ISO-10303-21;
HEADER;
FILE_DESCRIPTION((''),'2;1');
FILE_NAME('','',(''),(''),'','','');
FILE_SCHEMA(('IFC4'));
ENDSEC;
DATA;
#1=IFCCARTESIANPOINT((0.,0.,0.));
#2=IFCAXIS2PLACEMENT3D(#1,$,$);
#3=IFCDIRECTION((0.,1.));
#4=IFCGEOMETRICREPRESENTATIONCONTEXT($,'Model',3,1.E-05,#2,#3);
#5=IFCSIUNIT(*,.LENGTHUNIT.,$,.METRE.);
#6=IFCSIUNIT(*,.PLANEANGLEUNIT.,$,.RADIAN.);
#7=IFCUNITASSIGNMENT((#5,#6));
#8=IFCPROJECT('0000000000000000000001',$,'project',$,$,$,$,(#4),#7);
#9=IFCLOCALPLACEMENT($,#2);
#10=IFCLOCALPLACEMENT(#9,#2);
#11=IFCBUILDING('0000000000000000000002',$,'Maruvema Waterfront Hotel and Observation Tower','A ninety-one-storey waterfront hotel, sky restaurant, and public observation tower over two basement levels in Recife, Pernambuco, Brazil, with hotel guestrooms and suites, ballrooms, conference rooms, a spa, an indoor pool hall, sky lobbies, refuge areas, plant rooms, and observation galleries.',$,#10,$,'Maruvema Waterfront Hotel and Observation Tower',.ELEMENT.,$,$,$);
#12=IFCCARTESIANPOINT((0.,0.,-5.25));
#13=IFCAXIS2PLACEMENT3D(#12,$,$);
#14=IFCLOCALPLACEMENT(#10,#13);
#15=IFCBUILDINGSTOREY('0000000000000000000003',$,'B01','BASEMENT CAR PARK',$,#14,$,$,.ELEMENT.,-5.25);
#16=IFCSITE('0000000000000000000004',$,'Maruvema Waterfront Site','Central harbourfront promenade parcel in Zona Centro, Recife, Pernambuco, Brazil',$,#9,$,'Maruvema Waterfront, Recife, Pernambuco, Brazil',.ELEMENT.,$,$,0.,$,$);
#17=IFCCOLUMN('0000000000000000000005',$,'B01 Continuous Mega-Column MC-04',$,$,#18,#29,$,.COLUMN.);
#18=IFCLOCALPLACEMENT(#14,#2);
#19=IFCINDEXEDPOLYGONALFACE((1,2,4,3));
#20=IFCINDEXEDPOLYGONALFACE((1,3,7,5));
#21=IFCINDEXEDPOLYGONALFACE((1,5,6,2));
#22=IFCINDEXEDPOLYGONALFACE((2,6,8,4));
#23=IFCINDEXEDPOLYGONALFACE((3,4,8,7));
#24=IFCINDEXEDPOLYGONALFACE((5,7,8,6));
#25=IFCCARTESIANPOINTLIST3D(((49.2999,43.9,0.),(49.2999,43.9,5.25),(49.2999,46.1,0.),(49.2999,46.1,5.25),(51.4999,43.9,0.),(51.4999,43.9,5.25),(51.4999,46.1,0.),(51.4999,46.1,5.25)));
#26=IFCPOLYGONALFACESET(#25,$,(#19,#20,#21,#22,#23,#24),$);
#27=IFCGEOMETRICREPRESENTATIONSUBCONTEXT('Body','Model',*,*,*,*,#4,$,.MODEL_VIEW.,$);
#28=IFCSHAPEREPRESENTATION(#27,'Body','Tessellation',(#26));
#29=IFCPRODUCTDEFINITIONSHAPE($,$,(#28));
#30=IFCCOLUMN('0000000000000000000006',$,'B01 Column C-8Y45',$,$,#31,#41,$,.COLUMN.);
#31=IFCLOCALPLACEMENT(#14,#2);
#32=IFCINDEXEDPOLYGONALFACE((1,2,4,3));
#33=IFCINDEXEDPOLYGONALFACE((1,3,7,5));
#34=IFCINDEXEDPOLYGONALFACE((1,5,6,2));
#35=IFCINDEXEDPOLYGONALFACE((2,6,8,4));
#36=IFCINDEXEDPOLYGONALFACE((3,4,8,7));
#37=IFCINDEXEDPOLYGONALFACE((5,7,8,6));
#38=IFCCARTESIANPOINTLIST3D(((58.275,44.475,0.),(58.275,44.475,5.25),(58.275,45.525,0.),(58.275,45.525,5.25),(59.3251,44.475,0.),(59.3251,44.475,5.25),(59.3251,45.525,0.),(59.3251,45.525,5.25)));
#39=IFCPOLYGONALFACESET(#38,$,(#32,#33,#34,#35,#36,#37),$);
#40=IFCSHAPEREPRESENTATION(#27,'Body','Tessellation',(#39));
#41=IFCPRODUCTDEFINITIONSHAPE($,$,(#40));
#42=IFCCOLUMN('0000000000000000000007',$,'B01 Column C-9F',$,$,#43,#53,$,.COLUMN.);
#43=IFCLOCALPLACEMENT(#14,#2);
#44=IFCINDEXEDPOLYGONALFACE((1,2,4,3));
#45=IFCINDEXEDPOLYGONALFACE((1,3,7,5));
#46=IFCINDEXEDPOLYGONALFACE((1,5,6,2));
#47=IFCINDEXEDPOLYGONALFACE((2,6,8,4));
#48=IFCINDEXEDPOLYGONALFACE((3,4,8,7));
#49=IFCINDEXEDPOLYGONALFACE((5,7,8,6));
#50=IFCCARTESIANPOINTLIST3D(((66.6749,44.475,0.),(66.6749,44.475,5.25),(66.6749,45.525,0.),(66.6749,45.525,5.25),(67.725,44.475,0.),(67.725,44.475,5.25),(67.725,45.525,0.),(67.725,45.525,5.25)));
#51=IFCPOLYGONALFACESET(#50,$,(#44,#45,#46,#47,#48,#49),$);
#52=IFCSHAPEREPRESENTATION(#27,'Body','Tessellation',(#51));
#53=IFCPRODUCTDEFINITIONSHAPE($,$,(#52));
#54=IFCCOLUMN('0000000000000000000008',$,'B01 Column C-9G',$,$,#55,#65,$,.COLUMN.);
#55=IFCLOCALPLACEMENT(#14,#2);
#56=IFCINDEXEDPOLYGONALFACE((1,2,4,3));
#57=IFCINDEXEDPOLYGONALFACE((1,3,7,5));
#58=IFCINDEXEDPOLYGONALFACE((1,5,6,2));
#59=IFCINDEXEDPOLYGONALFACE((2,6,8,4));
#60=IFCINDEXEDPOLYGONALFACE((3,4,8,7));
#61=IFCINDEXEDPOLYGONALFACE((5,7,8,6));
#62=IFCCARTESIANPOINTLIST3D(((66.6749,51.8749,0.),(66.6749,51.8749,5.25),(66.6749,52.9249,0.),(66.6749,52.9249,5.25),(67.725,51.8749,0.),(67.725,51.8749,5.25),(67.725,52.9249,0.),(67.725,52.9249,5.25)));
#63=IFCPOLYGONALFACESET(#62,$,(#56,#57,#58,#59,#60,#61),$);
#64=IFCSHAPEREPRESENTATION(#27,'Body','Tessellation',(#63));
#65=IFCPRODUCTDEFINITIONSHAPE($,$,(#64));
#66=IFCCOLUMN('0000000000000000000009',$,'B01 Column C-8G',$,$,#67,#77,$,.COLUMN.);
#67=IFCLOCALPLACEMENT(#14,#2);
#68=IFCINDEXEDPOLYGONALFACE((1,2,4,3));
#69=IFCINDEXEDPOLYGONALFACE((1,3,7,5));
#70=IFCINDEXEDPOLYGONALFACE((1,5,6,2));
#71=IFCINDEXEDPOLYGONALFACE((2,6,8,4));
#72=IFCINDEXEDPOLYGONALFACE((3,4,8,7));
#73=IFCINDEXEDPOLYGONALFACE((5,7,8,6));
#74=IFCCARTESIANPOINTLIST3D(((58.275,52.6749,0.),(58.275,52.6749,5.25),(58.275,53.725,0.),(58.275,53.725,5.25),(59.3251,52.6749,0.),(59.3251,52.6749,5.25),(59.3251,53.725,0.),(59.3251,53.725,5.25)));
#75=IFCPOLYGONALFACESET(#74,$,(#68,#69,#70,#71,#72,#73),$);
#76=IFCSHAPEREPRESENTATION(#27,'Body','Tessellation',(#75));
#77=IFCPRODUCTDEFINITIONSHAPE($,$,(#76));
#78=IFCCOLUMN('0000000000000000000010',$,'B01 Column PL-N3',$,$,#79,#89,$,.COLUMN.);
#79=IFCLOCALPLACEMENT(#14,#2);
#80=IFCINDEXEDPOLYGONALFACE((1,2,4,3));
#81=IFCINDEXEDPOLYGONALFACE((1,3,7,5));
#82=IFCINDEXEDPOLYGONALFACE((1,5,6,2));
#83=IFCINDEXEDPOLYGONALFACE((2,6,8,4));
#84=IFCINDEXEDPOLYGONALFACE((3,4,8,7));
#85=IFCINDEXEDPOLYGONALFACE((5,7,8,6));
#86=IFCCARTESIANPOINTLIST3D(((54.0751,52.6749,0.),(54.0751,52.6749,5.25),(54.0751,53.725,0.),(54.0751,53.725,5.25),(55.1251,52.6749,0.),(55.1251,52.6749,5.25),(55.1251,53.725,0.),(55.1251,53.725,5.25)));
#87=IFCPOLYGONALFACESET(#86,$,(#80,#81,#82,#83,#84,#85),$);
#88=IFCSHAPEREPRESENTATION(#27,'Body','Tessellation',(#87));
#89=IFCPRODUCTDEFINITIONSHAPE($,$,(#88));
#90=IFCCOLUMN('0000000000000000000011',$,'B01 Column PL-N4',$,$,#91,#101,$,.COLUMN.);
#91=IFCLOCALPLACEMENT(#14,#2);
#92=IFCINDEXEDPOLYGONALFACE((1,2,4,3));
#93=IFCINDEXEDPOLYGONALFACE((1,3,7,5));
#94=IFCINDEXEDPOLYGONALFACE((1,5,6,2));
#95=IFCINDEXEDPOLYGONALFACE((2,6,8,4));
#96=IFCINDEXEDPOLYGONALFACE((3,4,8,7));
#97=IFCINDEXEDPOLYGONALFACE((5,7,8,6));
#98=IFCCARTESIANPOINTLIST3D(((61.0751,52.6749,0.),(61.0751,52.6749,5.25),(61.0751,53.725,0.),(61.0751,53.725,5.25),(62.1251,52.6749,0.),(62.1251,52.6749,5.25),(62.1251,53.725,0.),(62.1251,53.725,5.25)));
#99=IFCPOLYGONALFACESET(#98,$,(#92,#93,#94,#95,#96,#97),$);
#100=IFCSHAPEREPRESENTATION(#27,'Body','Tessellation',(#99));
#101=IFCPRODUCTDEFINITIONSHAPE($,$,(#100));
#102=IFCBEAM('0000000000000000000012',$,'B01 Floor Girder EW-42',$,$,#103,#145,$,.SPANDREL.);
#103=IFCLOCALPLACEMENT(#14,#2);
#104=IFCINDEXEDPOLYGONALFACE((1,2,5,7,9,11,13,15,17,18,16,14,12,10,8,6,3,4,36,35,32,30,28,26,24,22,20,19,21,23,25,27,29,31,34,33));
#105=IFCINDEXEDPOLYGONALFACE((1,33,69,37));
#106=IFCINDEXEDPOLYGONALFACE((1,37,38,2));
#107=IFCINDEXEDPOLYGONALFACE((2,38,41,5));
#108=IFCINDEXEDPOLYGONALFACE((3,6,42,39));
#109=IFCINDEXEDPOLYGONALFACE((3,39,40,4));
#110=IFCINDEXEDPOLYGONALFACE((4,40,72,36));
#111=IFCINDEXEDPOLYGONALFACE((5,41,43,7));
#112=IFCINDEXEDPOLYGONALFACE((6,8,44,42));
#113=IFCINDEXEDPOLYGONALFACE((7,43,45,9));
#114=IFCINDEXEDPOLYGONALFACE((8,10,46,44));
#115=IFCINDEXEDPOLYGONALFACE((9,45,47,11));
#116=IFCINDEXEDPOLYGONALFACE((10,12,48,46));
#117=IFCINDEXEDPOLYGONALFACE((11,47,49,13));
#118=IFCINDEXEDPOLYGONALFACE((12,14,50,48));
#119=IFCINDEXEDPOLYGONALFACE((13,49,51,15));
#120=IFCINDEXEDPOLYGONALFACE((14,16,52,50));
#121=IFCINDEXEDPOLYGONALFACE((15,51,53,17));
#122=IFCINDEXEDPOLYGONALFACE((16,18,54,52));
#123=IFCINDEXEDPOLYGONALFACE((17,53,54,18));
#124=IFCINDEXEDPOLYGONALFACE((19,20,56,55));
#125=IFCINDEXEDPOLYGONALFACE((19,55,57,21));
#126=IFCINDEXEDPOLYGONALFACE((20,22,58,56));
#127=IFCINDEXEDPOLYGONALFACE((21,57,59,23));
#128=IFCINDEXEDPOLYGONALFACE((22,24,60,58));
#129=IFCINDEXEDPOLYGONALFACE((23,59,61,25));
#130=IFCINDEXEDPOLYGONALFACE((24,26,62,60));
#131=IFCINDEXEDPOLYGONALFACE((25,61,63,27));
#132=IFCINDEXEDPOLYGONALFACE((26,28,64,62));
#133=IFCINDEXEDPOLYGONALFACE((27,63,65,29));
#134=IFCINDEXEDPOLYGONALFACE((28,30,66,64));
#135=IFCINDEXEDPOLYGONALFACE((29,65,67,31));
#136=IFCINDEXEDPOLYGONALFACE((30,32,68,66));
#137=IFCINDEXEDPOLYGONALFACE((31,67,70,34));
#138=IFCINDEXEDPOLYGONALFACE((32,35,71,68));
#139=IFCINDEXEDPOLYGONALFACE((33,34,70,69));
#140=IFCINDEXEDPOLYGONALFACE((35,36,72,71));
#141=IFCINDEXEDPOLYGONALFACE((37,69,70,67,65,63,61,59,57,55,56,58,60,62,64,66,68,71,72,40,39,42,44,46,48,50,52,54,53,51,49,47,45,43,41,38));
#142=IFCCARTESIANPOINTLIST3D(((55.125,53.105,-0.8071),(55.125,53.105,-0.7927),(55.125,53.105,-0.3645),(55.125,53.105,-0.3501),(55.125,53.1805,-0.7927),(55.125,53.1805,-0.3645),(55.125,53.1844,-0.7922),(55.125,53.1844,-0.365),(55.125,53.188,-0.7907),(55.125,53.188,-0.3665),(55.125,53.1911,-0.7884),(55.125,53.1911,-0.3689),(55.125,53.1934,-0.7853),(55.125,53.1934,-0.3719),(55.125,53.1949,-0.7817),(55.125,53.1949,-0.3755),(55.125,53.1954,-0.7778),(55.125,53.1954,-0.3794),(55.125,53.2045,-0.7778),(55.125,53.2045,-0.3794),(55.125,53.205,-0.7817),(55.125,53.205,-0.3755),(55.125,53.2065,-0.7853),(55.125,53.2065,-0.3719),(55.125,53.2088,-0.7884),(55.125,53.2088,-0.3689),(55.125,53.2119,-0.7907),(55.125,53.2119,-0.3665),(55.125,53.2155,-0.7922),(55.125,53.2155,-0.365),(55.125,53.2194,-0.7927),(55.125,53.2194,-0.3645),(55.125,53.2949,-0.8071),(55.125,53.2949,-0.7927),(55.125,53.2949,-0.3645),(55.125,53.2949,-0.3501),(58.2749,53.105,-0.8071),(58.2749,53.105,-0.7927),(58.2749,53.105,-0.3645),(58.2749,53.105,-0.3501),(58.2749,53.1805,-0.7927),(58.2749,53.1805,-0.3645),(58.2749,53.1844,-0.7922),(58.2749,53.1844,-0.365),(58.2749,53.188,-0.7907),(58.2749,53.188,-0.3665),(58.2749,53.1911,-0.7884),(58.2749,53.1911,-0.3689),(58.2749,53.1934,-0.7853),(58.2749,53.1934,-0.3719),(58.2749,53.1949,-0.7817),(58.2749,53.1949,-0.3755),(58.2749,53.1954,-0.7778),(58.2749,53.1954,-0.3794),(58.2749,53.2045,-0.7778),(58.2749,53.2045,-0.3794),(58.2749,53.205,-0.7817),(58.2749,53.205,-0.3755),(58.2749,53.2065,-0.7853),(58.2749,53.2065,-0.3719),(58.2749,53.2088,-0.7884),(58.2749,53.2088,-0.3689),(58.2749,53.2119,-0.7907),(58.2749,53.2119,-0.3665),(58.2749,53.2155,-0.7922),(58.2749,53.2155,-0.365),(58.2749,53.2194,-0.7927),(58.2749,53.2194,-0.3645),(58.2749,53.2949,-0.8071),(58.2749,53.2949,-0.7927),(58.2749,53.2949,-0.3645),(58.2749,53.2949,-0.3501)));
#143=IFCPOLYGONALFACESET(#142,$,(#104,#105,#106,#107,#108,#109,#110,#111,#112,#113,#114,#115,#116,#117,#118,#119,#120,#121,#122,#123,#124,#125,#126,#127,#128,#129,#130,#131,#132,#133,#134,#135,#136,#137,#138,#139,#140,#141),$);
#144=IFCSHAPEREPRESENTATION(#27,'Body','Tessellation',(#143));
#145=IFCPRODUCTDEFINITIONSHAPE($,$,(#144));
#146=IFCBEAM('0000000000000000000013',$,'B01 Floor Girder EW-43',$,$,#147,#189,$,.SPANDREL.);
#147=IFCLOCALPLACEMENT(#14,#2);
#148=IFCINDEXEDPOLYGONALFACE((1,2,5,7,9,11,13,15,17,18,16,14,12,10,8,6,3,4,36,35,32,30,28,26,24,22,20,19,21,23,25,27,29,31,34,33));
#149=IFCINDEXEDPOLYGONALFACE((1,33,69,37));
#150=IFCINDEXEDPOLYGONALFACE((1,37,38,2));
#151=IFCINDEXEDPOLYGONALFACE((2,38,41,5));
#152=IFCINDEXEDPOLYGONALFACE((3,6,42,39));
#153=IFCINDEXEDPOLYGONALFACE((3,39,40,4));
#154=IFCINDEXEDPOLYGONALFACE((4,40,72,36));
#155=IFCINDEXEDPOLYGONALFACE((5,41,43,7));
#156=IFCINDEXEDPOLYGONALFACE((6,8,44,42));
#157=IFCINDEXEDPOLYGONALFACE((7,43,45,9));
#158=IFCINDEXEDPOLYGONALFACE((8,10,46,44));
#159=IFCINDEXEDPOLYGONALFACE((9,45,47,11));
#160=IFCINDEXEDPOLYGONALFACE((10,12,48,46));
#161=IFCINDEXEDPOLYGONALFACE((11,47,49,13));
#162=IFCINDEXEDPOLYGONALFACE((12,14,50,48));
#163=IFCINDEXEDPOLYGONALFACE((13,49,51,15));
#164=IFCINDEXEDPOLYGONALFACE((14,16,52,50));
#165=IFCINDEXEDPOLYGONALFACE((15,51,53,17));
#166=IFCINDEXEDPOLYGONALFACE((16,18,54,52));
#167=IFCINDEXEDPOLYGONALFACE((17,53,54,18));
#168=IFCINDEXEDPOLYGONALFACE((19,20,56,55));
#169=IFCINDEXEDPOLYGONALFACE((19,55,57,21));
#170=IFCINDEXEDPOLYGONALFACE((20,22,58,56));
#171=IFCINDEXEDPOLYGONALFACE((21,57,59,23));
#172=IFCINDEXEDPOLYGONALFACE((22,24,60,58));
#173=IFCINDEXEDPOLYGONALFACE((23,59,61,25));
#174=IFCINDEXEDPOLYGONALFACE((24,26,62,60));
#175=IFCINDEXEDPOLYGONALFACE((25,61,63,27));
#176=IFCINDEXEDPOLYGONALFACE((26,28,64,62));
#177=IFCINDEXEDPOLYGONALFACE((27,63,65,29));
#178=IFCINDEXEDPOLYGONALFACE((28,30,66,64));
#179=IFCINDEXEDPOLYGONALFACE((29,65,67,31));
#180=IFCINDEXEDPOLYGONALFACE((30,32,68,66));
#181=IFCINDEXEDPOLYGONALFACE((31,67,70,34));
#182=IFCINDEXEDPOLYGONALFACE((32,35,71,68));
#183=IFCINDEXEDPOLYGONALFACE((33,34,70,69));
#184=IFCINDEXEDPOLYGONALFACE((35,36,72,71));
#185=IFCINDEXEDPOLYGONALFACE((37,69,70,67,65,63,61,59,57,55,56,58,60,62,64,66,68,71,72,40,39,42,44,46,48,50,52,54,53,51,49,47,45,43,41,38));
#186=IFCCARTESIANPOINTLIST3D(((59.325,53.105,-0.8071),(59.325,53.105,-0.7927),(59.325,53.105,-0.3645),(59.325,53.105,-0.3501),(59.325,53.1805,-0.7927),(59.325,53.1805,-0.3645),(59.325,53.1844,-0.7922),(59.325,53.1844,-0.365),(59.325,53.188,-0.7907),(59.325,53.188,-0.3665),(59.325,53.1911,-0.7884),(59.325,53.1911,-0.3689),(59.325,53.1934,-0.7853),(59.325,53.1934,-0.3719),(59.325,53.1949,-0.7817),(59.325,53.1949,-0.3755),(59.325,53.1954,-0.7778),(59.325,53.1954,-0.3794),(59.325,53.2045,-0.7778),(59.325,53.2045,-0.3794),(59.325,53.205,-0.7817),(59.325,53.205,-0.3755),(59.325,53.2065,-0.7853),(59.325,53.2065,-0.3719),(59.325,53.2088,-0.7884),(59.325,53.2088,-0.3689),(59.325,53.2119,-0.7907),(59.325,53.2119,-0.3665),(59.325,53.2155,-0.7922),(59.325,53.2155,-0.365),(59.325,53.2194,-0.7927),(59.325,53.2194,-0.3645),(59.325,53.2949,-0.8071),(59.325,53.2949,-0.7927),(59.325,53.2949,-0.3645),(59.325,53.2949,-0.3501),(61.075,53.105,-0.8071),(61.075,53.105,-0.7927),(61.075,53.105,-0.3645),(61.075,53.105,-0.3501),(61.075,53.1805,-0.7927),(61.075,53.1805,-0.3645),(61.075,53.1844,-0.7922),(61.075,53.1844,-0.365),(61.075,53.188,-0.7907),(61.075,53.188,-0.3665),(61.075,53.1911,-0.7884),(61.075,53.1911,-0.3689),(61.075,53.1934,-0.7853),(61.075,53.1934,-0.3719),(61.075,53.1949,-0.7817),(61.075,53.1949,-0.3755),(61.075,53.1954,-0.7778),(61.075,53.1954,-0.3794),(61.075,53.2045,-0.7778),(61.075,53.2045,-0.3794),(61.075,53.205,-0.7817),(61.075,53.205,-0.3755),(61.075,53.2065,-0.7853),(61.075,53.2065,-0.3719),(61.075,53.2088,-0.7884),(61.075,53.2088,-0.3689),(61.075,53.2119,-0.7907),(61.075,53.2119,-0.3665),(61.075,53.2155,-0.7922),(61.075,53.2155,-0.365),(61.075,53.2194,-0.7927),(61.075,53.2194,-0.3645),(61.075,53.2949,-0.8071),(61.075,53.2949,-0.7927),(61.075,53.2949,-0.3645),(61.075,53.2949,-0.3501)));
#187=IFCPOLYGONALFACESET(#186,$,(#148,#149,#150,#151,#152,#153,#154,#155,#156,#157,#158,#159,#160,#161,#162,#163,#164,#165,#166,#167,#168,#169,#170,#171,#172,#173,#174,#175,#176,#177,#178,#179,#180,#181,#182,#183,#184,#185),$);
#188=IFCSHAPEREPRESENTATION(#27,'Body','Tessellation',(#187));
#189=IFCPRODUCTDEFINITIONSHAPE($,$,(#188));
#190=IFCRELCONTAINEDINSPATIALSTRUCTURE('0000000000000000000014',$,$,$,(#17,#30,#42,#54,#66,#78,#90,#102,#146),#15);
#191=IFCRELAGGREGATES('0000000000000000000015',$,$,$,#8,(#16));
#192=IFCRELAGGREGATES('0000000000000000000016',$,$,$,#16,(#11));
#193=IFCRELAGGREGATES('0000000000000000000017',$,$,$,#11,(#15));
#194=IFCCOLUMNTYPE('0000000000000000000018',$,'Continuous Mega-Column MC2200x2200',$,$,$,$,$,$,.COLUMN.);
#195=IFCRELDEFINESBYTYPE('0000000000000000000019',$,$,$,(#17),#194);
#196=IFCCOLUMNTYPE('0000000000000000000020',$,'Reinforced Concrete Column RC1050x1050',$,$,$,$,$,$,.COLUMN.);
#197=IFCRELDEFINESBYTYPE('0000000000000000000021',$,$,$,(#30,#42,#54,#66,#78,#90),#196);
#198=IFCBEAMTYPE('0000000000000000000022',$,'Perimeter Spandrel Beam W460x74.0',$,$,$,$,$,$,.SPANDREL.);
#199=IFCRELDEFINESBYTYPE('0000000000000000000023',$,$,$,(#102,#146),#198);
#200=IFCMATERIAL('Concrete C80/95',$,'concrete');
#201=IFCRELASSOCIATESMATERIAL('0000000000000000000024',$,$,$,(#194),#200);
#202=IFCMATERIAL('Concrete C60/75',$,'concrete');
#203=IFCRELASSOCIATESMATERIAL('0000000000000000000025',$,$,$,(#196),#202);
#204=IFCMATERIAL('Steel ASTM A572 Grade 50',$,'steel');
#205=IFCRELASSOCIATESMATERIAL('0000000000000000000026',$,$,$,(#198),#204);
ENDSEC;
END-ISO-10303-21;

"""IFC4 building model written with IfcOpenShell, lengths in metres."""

from ifc_helpers import new_model, si_unit, direction, frame, origin, origin_2d, place, context, subcontext, project, spatial, rectangle, i_section, extrude, material, material_profile, profile_set, type_object, element, save


model = new_model("IFC4")

# Units and contexts
model_context = context("Model", 3, precision=1e-05, world=origin(), true_north=direction((0.0, 1.0)))
body_context = subcontext(model_context, "Body", "Model", "MODEL_VIEW")
ifc_project = project(units=[si_unit("LENGTHUNIT", "METRE"), si_unit("PLANEANGLEUNIT", "RADIAN")], contexts=[model_context])

# Site, building, storey
site_placement = place(None, origin())
site = spatial("IfcSite", under=ifc_project, at=site_placement, Name="Maruvema Waterfront Site", Description="Central harbourfront promenade parcel in Zona Centro, Recife, Pernambuco, Brazil", LongName="Maruvema Waterfront, Recife, Pernambuco, Brazil", CompositionType="ELEMENT", RefElevation=0.0)
building_placement = place(site_placement, origin())
building = spatial("IfcBuilding", under=site, at=building_placement, Name="Maruvema Waterfront Hotel and Observation Tower", Description="A ninety-one-storey waterfront hotel, sky restaurant, and public observation tower over two basement levels in Recife, Pernambuco, Brazil, with hotel guestrooms and suites, ballrooms, conference rooms, a spa, an indoor pool hall, sky lobbies, refuge areas, plant rooms, and observation galleries.", LongName="Maruvema Waterfront Hotel and Observation Tower", CompositionType="ELEMENT")
storey_placement = place(building_placement, frame((0.0, 0.0, -5.25)))
storey = spatial("IfcBuildingStorey", under=building, at=storey_placement, Name="B01", Description="BASEMENT CAR PARK", CompositionType="ELEMENT", Elevation=-5.25)

# Columns
ifc_material_1 = material(Name="Concrete C80/95", Category="concrete")
ifc_material_profile_1 = material_profile(ifc_material_1, rectangle(XDim=2.2, YDim=2.2, at=origin_2d()), Name="MC2200x2200")
ifc_profile_set_1 = profile_set([ifc_material_profile_1], Name="Concrete C80/95")
column_type_1 = type_object("IfcColumnType", Name="Continuous Mega-Column MC2200x2200", PredefinedType="COLUMN", material=ifc_profile_set_1)
column_placement = place(storey_placement, frame((50.3999, 45.0, 0.0), z_axis=(0.0, 0.0, 1.0), x_axis=(1.0, 0.0, 0.0)))
element("IfcColumn", 1, at=column_placement, inside=storey, type_object=column_type_1, Name="B01 Continuous Mega-Column MC-04", PredefinedType="COLUMN", context=body_context, shape_type="SweptSolid", body=[
    extrude(rectangle(XDim=2.2, YDim=2.2, at=origin_2d()), origin(), (0.0, 0.0, 1.0), 5.25),
])
ifc_material_2 = material(Name="Concrete C60/75", Category="concrete")
ifc_material_profile_2 = material_profile(ifc_material_2, rectangle(XDim=1.05, YDim=1.05, at=origin_2d()), Name="RC1050x1050")
ifc_profile_set_2 = profile_set([ifc_material_profile_2], Name="Concrete C60/75")
column_type_2 = type_object("IfcColumnType", Name="Reinforced Concrete Column RC1050x1050", PredefinedType="COLUMN", material=ifc_profile_set_2)
for number, where, z_axis, x_axis, name in (
    (2, (58.8, 45.0, 0.0), (0.0, 0.0, 1.0), (1.0, 0.0, 0.0), "B01 Column C-8Y45"),
    (3, (67.2, 45.0, 0.0), (0.0, 0.0, 1.0), (1.0, 0.0, 0.0), "B01 Column C-9F"),
    (4, (67.2, 52.3999, 0.0), (0.0, 0.0, 1.0), (1.0, 0.0, 0.0), "B01 Column C-9G"),
    (5, (58.8, 53.2, 0.0), (0.0, 0.0, 1.0), (1.0, 0.0, 0.0), "B01 Column C-8G"),
    (6, (54.6001, 53.2, 0.0), (0.0, 0.0, 1.0), (1.0, 0.0, 0.0), "B01 Column PL-N3"),
    (7, (61.6001, 53.2, 0.0), (0.0, 0.0, 1.0), (1.0, 0.0, 0.0), "B01 Column PL-N4"),
):
    element("IfcColumn", number, at=place(storey_placement, frame(where, z_axis=z_axis, x_axis=x_axis)), inside=storey, type_object=column_type_2, Name=name, PredefinedType="COLUMN", context=body_context, shape_type="SweptSolid", body=[
        extrude(rectangle(XDim=1.05, YDim=1.05, at=origin_2d()), origin(), (0.0, 0.0, 1.0), 5.25),
    ])

# Beams
ifc_material_3 = material(Name="Steel ASTM A572 Grade 50", Category="steel")
ifc_material_profile_3 = material_profile(ifc_material_3, i_section(OverallWidth=0.1899, OverallDepth=0.457, WebThickness=0.009, FlangeThickness=0.0144, FilletRadius=0.0149, at=origin_2d()), Name="W460x74.0")
ifc_profile_set_3 = profile_set([ifc_material_profile_3], Name="Steel ASTM A572 Grade 50")
beam_type_1 = type_object("IfcBeamType", Name="Perimeter Spandrel Beam W460x74.0", PredefinedType="SPANDREL", material=ifc_profile_set_3)
beam_1_placement = place(storey_placement, frame((55.125, 53.2, -0.5786), z_axis=(1.0, 0.0, 0.0), x_axis=(0.0, 1.0, 0.0)))
element("IfcBeam", 8, at=beam_1_placement, inside=storey, type_object=beam_type_1, Name="B01 Floor Girder EW-42", PredefinedType="SPANDREL", context=body_context, shape_type="SweptSolid", body=[
    extrude(i_section(OverallWidth=0.1899, OverallDepth=0.457, WebThickness=0.009, FlangeThickness=0.0144, FilletRadius=0.0149, at=origin_2d()), origin(), (0.0, 0.0, 1.0), 3.1499),
])
beam_2_placement = place(storey_placement, frame((59.325, 53.2, -0.5786), z_axis=(1.0, 0.0, 0.0), x_axis=(0.0, 1.0, 0.0)))
element("IfcBeam", 9, at=beam_2_placement, inside=storey, type_object=beam_type_1, Name="B01 Floor Girder EW-43", PredefinedType="SPANDREL", context=body_context, shape_type="SweptSolid", body=[
    extrude(i_section(OverallWidth=0.1899, OverallDepth=0.457, WebThickness=0.009, FlangeThickness=0.0144, FilletRadius=0.0149, at=origin_2d()), origin(), (0.0, 0.0, 1.0), 1.75),
])

save(model, "model.ifc")
